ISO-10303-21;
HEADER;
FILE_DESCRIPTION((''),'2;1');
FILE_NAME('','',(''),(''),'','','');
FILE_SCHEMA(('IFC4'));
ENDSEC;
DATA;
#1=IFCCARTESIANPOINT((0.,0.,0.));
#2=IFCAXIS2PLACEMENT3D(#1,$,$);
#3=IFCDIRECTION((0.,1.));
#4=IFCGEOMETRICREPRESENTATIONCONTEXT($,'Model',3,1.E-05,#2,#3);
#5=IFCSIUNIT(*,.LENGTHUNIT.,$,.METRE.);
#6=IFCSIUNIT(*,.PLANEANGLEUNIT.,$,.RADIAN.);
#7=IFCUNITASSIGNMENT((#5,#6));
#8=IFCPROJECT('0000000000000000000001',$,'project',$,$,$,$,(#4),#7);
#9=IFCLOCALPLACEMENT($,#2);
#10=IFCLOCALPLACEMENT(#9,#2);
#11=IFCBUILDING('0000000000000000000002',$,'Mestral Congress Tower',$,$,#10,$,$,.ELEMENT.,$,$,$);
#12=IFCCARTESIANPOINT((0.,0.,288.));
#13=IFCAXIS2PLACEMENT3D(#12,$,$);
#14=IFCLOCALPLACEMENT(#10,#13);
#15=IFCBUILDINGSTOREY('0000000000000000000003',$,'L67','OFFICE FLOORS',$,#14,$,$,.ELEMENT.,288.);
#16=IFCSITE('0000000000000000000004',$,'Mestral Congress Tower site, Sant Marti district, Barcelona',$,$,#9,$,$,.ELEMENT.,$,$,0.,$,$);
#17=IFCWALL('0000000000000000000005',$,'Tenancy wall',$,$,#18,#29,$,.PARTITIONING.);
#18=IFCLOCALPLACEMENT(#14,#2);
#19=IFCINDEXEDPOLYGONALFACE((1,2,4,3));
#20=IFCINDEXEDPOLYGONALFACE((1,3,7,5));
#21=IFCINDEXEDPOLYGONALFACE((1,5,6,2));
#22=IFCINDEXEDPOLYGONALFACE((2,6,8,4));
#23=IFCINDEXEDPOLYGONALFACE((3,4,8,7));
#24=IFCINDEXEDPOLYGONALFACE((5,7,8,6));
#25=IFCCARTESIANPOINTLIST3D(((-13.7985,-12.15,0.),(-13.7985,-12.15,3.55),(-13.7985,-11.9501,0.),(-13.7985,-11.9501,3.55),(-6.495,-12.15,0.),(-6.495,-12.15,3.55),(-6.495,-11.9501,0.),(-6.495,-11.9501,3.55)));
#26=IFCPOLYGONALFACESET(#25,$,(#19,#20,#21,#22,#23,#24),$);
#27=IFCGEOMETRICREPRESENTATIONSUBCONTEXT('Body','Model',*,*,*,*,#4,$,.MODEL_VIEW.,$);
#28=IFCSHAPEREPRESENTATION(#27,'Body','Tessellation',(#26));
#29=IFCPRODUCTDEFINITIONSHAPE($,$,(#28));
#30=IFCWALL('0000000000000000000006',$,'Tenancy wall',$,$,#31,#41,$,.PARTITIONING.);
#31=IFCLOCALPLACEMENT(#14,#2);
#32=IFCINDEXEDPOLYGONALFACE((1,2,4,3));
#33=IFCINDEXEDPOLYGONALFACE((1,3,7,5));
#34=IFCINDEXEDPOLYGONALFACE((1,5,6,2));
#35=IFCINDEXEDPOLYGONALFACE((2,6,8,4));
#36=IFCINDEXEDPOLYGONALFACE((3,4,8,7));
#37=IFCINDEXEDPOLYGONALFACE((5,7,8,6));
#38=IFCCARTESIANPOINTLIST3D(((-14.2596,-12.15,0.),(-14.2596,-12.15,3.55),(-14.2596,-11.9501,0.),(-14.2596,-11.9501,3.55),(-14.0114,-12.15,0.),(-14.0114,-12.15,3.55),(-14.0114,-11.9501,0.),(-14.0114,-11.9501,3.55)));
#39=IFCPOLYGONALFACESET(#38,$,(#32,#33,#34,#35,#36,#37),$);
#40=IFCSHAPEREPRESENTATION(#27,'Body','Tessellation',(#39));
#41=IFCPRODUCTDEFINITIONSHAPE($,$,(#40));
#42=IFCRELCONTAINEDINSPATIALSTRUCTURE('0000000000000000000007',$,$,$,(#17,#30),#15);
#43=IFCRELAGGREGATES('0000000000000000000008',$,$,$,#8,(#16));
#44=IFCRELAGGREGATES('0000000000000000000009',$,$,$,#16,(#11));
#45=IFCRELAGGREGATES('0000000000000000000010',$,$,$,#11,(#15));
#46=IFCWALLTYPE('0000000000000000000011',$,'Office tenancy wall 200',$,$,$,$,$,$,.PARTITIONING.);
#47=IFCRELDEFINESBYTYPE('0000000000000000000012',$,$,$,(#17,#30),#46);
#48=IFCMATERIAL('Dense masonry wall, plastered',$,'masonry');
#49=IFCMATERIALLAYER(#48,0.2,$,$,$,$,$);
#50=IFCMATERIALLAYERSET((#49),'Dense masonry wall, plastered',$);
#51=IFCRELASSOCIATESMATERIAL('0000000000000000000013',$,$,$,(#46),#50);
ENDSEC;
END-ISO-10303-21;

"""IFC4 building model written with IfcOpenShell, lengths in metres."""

from ifc_helpers import new_model, si_unit, direction, frame, frame_2d, origin, place, context, subcontext, project, spatial, rectangle, extrude, material, layer, layer_set, type_object, element, save


model = new_model("IFC4")

# Units and contexts
model_context = context("Model", 3, precision=1e-05, world=origin(), true_north=direction((0.0, 1.0)))
body_context = subcontext(model_context, "Body", "Model", "MODEL_VIEW")
ifc_project = project(units=[si_unit("LENGTHUNIT", "METRE"), si_unit("PLANEANGLEUNIT", "RADIAN")], contexts=[model_context])

# Site, building, storey
site_placement = place(None, origin())
site = spatial("IfcSite", under=ifc_project, at=site_placement, Name="Mestral Congress Tower site, Sant Marti district, Barcelona", CompositionType="ELEMENT", RefElevation=0.0)
building_placement = place(site_placement, origin())
building = spatial("IfcBuilding", under=site, at=building_placement, Name="Mestral Congress Tower", CompositionType="ELEMENT")
storey_placement = place(building_placement, frame((0.0, 0.0, 288.0)))
storey = spatial("IfcBuildingStorey", under=building, at=storey_placement, Name="L67", Description="OFFICE FLOORS", CompositionType="ELEMENT", Elevation=288.0)

# Walls
ifc_material_1 = material(Name="Dense masonry wall, plastered", Category="masonry")
ifc_layer_1 = layer(ifc_material_1, 0.2)
ifc_layer_set_1 = layer_set([ifc_layer_1], Name="Dense masonry wall, plastered")
wall_type_1 = type_object("IfcWallType", Name="Office tenancy wall 200", PredefinedType="PARTITIONING", material=ifc_layer_set_1)
wall_1_placement = place(storey_placement, frame((-13.7986, -12.05, 0.0), z_axis=(0.0, 0.0, 1.0), x_axis=(1.0, 0.0, 0.0)))
element("IfcWall", 1, at=wall_1_placement, inside=storey, type_object=wall_type_1, Name="Tenancy wall", PredefinedType="PARTITIONING", context=body_context, shape_type="SweptSolid", body=[
    extrude(rectangle(XDim=7.3035, YDim=0.2, at=frame_2d((3.6519, 0.0))), origin(), (0.0, 0.0, 1.0), 3.55),
])
wall_2_placement = place(storey_placement, frame((-14.2595, -12.05, 0.0), z_axis=(0.0, 0.0, 1.0), x_axis=(1.0, 0.0, 0.0)))
element("IfcWall", 2, at=wall_2_placement, inside=storey, type_object=wall_type_1, Name="Tenancy wall", PredefinedType="PARTITIONING", context=body_context, shape_type="SweptSolid", body=[
    extrude(rectangle(XDim=0.2483, YDim=0.2, at=frame_2d((0.124, 0.0))), origin(), (0.0, 0.0, 1.0), 3.55),
])

save(model, "model.ifc")
